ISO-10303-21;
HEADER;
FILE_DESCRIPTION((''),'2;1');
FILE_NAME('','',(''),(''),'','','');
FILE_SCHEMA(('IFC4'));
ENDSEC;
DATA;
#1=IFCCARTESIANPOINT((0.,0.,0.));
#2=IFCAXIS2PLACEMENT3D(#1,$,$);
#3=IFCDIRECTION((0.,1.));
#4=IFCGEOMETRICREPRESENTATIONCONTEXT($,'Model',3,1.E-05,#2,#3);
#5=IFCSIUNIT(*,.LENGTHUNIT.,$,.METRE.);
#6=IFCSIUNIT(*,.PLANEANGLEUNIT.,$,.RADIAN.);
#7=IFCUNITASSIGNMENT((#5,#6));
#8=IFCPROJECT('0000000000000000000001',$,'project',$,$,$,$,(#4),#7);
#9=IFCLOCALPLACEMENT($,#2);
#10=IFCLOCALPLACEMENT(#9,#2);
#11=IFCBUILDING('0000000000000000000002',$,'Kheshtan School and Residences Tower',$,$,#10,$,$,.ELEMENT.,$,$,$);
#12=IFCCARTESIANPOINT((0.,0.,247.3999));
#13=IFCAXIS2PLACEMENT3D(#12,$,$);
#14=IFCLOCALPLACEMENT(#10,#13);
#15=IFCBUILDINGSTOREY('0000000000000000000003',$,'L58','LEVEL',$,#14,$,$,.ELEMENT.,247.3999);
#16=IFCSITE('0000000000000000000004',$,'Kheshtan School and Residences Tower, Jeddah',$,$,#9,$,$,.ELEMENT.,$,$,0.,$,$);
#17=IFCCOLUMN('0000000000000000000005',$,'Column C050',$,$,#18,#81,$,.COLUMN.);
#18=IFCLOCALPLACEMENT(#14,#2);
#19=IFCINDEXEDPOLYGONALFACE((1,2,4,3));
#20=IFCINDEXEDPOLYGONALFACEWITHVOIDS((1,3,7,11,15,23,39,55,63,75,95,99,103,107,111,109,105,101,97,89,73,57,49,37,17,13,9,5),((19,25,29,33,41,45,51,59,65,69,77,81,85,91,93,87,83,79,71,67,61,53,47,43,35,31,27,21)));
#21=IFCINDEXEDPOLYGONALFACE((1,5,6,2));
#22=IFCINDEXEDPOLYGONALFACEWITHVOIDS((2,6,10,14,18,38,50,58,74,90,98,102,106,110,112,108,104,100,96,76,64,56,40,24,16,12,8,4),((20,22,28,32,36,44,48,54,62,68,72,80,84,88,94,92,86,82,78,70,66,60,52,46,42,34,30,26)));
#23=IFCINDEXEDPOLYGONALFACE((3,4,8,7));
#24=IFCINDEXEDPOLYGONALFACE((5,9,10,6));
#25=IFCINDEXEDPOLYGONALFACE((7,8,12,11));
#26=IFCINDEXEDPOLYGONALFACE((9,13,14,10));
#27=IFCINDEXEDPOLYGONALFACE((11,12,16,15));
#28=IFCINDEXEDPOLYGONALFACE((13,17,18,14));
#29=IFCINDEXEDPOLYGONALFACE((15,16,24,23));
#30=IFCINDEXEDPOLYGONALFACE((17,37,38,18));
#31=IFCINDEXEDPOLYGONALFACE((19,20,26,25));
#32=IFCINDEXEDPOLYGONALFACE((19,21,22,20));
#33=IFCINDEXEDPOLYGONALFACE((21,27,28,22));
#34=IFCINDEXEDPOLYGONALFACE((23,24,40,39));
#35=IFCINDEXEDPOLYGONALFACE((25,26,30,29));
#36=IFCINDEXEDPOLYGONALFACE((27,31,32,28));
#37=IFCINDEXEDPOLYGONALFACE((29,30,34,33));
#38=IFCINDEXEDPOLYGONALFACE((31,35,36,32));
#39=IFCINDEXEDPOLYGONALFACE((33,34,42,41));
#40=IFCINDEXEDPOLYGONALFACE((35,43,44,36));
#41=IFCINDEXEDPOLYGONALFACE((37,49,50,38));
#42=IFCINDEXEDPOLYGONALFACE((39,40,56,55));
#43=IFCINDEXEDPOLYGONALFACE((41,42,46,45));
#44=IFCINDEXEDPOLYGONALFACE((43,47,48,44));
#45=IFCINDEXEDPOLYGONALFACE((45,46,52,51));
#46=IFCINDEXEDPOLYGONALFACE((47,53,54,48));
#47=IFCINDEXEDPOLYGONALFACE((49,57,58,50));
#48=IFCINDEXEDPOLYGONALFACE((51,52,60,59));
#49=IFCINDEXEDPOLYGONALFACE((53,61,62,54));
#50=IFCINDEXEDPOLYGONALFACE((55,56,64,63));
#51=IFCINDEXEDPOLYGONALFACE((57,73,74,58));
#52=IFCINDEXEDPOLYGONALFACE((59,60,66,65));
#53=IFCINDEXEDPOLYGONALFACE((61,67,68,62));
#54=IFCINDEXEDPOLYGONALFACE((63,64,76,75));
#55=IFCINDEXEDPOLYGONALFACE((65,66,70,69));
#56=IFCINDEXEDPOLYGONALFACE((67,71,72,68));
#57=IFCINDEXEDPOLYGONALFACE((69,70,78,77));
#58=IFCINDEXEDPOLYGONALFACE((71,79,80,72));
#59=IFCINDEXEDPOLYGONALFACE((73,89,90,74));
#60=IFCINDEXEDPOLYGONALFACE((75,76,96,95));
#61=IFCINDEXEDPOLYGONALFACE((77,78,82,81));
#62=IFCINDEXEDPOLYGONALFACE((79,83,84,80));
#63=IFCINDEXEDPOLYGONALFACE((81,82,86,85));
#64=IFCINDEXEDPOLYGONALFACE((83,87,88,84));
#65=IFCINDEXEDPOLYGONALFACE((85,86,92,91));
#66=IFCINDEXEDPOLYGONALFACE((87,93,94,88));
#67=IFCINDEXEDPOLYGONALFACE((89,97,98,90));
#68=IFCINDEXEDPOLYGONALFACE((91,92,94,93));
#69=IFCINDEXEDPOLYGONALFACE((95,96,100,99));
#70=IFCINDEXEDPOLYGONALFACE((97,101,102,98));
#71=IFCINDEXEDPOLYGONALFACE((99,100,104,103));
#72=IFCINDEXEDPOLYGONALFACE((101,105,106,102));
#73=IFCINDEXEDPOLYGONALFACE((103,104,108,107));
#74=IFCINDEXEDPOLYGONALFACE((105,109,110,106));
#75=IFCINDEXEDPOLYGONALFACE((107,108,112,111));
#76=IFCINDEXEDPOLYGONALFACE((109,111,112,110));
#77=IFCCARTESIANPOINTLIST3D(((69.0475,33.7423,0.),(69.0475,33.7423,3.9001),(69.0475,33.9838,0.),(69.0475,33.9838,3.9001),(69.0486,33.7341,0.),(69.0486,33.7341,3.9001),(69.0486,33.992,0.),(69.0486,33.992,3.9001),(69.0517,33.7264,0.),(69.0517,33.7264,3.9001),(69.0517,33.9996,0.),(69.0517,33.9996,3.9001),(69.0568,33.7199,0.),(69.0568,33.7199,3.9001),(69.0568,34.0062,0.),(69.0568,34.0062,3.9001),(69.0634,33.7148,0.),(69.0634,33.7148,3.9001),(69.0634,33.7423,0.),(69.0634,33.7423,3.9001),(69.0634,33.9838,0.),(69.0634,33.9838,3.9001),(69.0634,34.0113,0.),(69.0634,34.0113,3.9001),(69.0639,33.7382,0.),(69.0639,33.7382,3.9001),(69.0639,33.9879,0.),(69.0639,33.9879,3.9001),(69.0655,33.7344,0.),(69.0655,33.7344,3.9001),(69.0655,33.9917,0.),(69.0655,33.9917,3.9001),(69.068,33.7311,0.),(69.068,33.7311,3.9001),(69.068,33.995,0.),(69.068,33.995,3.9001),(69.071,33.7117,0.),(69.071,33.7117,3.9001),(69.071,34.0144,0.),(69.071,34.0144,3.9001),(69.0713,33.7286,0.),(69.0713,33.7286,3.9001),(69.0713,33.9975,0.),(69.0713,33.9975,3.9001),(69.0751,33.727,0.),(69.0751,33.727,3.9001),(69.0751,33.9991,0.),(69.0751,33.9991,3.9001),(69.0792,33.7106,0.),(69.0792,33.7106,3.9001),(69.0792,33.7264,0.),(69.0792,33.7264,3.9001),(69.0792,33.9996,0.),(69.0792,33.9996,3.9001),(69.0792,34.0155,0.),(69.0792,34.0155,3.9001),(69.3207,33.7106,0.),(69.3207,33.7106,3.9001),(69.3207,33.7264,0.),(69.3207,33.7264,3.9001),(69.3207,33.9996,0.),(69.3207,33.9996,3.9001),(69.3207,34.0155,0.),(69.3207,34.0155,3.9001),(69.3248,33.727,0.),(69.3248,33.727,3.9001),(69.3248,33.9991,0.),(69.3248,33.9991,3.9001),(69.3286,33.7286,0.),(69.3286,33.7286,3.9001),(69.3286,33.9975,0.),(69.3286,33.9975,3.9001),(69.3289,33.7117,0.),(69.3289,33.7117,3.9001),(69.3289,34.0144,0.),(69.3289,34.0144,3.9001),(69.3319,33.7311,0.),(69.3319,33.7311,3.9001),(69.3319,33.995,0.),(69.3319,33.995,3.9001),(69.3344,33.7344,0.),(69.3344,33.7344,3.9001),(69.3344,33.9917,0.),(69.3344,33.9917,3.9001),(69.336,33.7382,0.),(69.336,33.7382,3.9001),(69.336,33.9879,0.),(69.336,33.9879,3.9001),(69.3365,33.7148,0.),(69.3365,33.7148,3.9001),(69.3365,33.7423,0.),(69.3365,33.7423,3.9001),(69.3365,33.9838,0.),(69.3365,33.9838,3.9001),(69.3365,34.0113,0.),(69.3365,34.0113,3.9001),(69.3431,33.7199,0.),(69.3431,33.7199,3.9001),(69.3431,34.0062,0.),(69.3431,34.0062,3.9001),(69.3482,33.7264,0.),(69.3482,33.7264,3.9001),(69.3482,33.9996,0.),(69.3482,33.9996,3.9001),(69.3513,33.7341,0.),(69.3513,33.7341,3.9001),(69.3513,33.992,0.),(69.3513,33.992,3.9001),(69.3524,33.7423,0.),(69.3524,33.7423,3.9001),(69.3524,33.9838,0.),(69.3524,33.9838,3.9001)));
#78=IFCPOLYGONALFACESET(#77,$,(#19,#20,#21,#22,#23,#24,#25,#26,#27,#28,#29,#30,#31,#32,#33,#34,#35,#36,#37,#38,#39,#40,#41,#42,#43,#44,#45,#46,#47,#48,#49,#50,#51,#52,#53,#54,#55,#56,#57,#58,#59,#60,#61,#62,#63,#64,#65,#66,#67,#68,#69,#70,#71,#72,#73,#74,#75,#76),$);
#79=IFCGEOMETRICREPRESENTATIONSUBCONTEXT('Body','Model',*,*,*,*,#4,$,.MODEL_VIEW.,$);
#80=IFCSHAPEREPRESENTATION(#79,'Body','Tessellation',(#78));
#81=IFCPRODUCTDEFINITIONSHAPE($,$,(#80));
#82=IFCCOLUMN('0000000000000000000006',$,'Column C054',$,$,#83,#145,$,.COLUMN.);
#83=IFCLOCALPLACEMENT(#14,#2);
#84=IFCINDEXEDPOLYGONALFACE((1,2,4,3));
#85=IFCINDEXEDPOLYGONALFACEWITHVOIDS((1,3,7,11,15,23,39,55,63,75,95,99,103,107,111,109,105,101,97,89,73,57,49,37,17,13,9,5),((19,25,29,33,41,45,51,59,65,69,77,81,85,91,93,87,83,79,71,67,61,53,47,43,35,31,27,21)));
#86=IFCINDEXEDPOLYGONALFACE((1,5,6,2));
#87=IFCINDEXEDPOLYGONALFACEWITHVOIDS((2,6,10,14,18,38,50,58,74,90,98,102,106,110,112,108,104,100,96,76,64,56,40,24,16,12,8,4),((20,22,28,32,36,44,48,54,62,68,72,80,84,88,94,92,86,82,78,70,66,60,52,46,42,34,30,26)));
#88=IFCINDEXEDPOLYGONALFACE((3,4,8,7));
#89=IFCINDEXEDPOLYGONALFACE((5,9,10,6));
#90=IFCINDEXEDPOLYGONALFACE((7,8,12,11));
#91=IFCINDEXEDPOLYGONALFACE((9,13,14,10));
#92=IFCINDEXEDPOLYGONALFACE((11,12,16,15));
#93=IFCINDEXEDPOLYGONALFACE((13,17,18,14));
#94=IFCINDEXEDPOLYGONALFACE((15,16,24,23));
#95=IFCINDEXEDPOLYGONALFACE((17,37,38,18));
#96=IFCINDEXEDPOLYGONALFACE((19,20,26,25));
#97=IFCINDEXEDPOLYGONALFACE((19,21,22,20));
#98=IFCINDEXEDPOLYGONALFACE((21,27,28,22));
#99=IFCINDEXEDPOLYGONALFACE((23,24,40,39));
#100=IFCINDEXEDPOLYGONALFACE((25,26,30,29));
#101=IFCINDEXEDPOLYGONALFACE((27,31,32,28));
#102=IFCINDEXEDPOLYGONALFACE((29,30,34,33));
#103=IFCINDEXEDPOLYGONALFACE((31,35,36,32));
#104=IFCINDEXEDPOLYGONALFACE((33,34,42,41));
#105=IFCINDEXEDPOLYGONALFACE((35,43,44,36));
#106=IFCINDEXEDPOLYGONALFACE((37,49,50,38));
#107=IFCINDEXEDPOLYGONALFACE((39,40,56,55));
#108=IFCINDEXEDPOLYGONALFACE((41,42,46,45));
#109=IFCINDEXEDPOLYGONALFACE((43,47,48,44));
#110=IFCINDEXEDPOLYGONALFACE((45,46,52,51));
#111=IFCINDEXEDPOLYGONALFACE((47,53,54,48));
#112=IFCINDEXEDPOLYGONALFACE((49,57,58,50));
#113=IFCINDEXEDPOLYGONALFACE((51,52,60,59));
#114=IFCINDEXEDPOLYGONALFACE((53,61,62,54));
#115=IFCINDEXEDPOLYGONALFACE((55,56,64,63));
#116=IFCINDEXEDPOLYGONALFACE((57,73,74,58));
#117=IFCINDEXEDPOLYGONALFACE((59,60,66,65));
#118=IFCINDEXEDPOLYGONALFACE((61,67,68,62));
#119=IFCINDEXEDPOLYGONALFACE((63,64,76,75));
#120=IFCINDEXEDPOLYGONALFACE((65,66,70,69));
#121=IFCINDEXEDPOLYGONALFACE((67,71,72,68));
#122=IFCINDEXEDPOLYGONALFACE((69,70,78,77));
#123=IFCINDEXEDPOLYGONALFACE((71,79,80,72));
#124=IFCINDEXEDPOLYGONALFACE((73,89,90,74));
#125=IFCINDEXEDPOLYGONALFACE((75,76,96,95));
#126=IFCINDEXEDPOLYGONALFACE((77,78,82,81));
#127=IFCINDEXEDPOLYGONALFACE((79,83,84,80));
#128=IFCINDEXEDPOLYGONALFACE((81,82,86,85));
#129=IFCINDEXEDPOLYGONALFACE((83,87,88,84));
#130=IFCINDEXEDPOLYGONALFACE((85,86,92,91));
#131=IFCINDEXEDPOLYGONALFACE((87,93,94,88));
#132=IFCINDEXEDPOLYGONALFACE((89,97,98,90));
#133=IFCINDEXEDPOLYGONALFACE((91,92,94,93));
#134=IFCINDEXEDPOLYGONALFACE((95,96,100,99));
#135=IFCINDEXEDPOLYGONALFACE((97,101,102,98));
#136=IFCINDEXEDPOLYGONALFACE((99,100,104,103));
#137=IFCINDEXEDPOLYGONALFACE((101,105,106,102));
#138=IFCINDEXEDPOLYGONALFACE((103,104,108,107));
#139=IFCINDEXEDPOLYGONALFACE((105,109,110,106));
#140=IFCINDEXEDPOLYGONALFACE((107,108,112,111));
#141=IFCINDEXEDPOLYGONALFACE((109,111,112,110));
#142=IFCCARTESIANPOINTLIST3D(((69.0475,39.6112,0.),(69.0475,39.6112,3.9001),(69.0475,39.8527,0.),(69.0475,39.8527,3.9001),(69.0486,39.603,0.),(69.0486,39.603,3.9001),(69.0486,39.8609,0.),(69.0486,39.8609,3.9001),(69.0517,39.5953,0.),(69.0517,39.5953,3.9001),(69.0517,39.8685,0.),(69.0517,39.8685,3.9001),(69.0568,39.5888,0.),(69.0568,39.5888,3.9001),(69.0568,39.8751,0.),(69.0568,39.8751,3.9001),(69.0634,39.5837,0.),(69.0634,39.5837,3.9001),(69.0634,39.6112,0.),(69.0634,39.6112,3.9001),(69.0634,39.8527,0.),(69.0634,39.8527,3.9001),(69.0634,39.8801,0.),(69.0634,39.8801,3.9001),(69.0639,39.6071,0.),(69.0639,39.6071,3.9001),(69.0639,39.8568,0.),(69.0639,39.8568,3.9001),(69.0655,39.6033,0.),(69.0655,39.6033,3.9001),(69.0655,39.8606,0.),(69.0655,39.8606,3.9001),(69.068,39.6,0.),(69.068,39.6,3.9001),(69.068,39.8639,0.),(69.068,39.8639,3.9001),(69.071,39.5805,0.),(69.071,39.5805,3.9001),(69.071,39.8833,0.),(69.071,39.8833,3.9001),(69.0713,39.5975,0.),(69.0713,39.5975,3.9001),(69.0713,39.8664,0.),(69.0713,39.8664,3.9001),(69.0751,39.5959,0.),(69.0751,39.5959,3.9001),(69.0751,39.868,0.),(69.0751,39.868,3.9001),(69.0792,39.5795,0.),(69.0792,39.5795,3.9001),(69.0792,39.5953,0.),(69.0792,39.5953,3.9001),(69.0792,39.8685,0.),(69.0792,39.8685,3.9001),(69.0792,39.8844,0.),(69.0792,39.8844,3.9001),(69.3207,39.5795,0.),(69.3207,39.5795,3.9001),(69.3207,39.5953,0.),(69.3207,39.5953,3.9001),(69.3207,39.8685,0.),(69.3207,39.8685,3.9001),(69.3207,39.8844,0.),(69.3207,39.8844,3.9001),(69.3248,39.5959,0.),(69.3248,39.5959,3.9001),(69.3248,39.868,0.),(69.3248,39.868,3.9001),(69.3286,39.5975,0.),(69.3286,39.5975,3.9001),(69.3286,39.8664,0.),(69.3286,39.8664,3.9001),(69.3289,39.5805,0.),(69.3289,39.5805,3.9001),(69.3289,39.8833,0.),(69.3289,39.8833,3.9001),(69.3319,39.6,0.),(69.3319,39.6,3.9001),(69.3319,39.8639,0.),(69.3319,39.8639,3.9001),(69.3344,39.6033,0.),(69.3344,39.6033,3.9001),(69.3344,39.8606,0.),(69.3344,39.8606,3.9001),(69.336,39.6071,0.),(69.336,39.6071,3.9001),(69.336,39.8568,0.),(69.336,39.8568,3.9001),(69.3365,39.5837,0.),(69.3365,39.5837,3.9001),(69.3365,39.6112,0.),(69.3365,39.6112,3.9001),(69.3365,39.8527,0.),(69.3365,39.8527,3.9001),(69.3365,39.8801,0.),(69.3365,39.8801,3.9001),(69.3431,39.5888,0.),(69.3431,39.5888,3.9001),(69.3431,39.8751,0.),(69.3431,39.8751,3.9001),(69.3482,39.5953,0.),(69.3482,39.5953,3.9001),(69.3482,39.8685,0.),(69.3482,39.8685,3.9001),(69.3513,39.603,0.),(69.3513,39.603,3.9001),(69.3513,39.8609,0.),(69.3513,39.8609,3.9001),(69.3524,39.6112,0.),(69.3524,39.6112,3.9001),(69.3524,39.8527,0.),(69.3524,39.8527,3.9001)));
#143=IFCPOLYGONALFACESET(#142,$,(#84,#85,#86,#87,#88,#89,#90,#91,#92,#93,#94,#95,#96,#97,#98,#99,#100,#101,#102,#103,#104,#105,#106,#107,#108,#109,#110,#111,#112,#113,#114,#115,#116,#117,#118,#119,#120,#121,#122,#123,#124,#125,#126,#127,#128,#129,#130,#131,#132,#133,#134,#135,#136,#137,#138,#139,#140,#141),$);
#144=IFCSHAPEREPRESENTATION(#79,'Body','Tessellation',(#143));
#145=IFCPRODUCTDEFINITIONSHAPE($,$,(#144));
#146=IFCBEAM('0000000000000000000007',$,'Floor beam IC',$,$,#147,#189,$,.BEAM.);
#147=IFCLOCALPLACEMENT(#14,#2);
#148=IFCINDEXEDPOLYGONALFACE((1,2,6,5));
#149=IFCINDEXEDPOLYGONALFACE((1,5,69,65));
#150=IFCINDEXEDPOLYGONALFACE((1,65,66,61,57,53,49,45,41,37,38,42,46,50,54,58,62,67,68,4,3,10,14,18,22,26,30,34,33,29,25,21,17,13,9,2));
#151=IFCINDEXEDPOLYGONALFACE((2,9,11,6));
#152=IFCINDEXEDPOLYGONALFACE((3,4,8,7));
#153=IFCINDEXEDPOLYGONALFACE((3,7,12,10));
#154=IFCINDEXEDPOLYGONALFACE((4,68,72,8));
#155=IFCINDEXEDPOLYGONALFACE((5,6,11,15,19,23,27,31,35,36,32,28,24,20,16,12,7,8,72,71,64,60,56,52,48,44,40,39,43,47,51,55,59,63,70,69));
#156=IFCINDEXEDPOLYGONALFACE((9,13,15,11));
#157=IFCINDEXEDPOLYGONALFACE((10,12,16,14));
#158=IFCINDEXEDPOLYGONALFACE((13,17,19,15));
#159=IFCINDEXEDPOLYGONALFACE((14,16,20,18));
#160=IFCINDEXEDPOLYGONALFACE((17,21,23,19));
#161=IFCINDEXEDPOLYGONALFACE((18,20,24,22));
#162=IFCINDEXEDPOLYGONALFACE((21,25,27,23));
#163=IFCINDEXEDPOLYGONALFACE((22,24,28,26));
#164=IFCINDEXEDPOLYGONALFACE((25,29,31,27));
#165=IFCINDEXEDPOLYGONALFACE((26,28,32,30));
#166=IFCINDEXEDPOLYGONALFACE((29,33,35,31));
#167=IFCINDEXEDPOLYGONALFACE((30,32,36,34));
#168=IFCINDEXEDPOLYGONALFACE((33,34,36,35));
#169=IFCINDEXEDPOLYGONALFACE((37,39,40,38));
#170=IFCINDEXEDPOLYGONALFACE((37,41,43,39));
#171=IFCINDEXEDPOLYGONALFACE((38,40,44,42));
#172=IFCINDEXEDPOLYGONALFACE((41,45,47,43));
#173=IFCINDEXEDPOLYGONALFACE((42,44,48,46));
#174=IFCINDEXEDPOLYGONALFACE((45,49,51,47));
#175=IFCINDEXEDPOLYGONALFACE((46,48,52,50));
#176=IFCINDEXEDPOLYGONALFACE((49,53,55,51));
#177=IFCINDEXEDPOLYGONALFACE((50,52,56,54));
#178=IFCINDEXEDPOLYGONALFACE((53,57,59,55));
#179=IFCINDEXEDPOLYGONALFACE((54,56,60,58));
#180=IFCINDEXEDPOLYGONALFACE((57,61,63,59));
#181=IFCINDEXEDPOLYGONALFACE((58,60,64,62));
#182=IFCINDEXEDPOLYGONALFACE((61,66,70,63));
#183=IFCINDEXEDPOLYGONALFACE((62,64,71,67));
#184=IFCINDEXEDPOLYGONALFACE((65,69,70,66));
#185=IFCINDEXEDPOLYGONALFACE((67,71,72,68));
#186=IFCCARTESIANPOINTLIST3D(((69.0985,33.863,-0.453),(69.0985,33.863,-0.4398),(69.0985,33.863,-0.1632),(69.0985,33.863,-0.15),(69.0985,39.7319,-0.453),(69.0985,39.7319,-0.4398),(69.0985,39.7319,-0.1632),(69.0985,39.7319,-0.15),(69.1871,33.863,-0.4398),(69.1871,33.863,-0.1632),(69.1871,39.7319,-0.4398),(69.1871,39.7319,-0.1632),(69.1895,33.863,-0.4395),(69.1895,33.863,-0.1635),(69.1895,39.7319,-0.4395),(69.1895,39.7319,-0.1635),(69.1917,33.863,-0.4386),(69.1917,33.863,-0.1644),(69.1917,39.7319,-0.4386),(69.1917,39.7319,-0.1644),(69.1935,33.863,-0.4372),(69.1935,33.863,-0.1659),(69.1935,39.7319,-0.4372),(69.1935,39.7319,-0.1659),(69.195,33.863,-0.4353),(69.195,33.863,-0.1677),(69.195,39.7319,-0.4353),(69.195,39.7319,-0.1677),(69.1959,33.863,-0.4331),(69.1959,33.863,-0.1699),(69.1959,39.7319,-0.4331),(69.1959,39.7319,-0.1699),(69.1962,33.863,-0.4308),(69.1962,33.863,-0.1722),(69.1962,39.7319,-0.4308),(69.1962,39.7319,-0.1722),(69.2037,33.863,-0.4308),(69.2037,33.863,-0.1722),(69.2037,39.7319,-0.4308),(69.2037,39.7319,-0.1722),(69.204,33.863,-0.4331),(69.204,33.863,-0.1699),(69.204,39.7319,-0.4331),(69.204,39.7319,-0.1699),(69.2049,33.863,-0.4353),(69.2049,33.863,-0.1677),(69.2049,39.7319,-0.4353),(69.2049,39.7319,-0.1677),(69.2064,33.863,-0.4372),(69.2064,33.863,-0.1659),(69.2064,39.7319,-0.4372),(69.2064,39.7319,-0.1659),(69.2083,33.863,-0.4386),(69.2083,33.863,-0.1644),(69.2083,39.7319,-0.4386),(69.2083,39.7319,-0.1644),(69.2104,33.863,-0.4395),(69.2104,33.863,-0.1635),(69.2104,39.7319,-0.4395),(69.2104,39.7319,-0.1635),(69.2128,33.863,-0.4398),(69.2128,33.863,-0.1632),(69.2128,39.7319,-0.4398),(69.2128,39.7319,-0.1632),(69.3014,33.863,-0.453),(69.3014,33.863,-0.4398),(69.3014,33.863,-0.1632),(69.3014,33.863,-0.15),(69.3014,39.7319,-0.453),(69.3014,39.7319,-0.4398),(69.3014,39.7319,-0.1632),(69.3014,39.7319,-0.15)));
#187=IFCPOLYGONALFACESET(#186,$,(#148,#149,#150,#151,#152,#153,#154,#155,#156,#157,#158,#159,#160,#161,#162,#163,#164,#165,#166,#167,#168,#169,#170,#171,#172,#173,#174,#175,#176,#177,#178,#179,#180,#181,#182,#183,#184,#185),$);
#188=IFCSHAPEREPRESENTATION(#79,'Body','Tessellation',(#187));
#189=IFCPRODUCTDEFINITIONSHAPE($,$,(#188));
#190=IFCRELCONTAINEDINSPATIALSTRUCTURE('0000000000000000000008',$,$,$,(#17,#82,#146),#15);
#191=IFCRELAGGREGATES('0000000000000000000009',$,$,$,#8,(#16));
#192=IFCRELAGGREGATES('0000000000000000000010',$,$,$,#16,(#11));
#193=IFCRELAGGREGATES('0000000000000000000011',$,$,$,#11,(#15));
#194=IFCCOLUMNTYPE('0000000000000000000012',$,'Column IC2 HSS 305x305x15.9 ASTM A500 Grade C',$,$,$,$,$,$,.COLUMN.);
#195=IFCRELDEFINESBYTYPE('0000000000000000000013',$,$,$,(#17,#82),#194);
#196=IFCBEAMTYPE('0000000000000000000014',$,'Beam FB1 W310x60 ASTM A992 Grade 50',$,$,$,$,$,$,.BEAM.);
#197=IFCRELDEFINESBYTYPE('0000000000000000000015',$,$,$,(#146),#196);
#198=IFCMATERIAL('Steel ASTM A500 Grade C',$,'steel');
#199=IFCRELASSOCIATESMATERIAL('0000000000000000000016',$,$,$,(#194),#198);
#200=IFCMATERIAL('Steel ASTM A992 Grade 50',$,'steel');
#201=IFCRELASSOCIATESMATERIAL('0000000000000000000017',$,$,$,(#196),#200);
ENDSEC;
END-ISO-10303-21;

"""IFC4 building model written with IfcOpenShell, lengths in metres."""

from ifc_helpers import new_model, si_unit, direction, frame, origin, origin_2d, place, context, subcontext, project, spatial, hollow_rectangle, i_section, extrude, material, material_profile, profile_set, type_object, element, save


model = new_model("IFC4")

# Units and contexts
model_context = context("Model", 3, precision=1e-05, world=origin(), true_north=direction((0.0, 1.0)))
body_context = subcontext(model_context, "Body", "Model", "MODEL_VIEW")
ifc_project = project(units=[si_unit("LENGTHUNIT", "METRE"), si_unit("PLANEANGLEUNIT", "RADIAN")], contexts=[model_context])

# Site, building, storey
site_placement = place(None, origin())
site = spatial("IfcSite", under=ifc_project, at=site_placement, Name="Kheshtan School and Residences Tower, Jeddah", CompositionType="ELEMENT", RefElevation=0.0)
building_placement = place(site_placement, origin())
building = spatial("IfcBuilding", under=site, at=building_placement, Name="Kheshtan School and Residences Tower", CompositionType="ELEMENT")
storey_placement = place(building_placement, frame((0.0, 0.0, 247.3999)))
storey = spatial("IfcBuildingStorey", under=building, at=storey_placement, Name="L58", Description="LEVEL", CompositionType="ELEMENT", Elevation=247.3999)

# Columns
ifc_material_1 = material(Name="Steel ASTM A500 Grade C", Category="steel")
ifc_material_profile_1 = material_profile(ifc_material_1, hollow_rectangle(XDim=0.3049, YDim=0.3049, WallThickness=0.0159, InnerFilletRadius=0.0159, OuterFilletRadius=0.0317, at=origin_2d()), Name="HSS 305x305x15.9")
ifc_profile_set_1 = profile_set([ifc_material_profile_1], Name="Steel ASTM A500 Grade C")
column_type = type_object("IfcColumnType", Name="Column IC2 HSS 305x305x15.9 ASTM A500 Grade C", PredefinedType="COLUMN", material=ifc_profile_set_1)
for number, where, z_axis, x_axis, name in (
    (1, (69.2, 33.863, 0.0), (0.0, 0.0, 1.0), (1.0, 0.0, 0.0), "Column C050"),
    (2, (69.2, 39.7319, 0.0), (0.0, 0.0, 1.0), (1.0, 0.0, 0.0), "Column C054"),
):
    element("IfcColumn", number, at=place(storey_placement, frame(where, z_axis=z_axis, x_axis=x_axis)), inside=storey, type_object=column_type, Name=name, PredefinedType="COLUMN", context=body_context, shape_type="SweptSolid", body=[
        extrude(hollow_rectangle(XDim=0.3049, YDim=0.3049, WallThickness=0.0159, InnerFilletRadius=0.0159, OuterFilletRadius=0.0317, at=origin_2d()), origin(), (0.0, 0.0, 1.0), 3.9001),
    ])

# Beam
ifc_material_2 = material(Name="Steel ASTM A992 Grade 50", Category="steel")
ifc_material_profile_2 = material_profile(ifc_material_2, i_section(OverallWidth=0.2029, OverallDepth=0.303, WebThickness=0.0076, FlangeThickness=0.0132, FilletRadius=0.009, at=origin_2d()), Name="W310x60")
ifc_profile_set_2 = profile_set([ifc_material_profile_2], Name="Steel ASTM A992 Grade 50")
beam_type = type_object("IfcBeamType", Name="Beam FB1 W310x60 ASTM A992 Grade 50", PredefinedType="BEAM", material=ifc_profile_set_2)
beam_placement = place(storey_placement, frame((69.2, 33.863, -0.3015), z_axis=(0.0, 1.0, 0.0), x_axis=(-1.0, 0.0, 0.0)))
element("IfcBeam", 3, at=beam_placement, inside=storey, type_object=beam_type, Name="Floor beam IC", PredefinedType="BEAM", context=body_context, shape_type="SweptSolid", body=[
    extrude(i_section(OverallWidth=0.2029, OverallDepth=0.303, WebThickness=0.0076, FlangeThickness=0.0132, FilletRadius=0.009, at=origin_2d()), origin(), (0.0, 0.0, 1.0), 5.8689),
])

save(model, "model.ifc")
